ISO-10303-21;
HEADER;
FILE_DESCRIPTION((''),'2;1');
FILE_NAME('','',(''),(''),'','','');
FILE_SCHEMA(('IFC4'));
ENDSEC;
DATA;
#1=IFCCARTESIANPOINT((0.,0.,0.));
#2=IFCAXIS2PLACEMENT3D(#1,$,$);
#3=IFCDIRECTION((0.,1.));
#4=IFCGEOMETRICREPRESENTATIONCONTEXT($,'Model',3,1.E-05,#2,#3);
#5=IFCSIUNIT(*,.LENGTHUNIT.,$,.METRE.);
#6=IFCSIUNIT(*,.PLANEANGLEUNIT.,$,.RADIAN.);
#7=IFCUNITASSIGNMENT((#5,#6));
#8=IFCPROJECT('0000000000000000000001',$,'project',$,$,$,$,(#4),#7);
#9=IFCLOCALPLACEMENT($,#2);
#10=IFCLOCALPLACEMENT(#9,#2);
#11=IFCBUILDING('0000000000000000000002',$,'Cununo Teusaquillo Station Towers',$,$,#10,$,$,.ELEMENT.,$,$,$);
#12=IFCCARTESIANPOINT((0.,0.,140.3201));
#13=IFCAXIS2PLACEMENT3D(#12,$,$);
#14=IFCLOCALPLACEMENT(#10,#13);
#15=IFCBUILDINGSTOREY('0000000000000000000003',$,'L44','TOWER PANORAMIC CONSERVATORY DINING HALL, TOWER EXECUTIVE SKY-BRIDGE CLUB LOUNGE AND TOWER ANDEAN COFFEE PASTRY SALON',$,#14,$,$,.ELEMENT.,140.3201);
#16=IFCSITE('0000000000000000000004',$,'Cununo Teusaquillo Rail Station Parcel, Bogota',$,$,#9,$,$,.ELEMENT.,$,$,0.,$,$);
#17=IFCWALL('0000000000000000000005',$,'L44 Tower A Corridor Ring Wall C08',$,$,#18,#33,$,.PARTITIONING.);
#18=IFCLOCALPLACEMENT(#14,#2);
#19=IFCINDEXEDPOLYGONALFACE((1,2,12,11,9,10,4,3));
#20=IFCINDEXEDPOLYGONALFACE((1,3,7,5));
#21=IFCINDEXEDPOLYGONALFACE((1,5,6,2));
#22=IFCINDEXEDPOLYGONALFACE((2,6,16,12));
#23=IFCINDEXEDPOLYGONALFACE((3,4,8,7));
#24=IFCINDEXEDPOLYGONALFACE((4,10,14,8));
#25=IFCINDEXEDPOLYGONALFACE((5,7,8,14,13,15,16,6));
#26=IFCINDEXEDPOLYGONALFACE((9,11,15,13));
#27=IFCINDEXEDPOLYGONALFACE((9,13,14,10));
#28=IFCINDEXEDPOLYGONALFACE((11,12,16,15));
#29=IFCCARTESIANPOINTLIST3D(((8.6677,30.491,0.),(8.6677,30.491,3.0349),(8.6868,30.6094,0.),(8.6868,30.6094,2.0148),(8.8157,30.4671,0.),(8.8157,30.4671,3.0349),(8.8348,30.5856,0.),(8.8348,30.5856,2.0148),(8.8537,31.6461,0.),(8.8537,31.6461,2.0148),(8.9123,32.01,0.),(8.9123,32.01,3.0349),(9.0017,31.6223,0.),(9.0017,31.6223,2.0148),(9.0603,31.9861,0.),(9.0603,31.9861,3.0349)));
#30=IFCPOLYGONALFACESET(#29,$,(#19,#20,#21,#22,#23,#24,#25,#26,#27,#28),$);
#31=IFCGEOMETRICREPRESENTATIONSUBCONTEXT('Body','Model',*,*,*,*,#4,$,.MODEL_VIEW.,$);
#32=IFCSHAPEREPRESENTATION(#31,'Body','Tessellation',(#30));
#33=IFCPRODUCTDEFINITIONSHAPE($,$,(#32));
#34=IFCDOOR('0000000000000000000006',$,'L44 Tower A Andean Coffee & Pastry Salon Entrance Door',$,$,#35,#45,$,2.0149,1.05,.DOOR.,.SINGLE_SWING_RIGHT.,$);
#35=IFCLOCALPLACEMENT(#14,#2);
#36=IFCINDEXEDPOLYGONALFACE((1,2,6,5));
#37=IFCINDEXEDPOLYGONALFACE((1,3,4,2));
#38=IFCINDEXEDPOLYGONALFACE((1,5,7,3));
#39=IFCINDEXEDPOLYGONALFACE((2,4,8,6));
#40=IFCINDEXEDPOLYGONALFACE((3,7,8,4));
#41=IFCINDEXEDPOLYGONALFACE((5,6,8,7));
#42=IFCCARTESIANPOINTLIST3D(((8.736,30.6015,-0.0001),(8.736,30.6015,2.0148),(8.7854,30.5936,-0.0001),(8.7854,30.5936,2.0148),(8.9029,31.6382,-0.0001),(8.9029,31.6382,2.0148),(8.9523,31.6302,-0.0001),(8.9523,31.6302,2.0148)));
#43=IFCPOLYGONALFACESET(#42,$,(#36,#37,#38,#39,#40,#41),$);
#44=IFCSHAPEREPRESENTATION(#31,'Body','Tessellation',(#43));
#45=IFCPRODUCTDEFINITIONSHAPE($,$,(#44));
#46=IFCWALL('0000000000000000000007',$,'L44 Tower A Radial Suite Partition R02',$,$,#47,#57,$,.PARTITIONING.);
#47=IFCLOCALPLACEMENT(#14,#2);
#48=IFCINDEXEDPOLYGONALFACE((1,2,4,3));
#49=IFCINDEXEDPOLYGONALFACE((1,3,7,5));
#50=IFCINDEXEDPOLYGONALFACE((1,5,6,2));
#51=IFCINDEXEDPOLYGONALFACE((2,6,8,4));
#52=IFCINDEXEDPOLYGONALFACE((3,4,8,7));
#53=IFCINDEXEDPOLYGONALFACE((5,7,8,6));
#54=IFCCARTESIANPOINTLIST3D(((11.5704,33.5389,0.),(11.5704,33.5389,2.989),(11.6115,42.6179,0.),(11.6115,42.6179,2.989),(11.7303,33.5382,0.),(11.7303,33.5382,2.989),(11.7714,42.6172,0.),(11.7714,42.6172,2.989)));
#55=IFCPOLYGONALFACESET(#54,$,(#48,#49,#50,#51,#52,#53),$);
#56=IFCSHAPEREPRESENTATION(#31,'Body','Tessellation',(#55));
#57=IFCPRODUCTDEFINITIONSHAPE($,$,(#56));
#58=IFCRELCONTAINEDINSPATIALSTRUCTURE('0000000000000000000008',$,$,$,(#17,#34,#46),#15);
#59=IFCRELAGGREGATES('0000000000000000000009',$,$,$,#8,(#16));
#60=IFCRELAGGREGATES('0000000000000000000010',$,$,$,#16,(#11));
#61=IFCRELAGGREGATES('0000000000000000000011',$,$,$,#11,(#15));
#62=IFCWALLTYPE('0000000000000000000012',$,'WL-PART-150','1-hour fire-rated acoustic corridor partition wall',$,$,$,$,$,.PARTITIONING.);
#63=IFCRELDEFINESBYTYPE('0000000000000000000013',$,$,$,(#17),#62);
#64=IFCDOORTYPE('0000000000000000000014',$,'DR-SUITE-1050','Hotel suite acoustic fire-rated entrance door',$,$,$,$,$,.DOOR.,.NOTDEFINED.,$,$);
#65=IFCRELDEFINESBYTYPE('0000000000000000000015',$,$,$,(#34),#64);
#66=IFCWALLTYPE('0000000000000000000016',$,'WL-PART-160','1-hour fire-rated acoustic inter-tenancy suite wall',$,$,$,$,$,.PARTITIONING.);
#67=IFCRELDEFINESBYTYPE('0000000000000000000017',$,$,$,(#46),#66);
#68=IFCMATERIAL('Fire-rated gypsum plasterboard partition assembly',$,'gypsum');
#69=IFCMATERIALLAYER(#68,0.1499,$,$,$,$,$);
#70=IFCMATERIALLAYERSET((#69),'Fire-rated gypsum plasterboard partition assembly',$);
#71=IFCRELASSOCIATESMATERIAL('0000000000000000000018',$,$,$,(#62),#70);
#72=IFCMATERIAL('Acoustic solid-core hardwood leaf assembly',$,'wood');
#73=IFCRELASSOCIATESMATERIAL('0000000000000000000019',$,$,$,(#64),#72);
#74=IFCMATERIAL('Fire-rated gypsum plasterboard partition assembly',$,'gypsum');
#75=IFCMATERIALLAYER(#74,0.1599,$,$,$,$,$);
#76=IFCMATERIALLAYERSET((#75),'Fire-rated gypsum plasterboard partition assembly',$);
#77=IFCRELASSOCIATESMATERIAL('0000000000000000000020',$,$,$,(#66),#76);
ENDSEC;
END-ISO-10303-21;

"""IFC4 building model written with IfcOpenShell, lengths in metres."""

from ifc_helpers import new_model, si_unit, direction, frame, frame_2d, origin, place, context, subcontext, project, spatial, rectangle, extrude, source, transform, mapped, material, layer, layer_set, type_object, element, fill, save


model = new_model("IFC4")

# Units and contexts
model_context = context("Model", 3, precision=1e-05, world=origin(), true_north=direction((0.0, 1.0)))
body_context = subcontext(model_context, "Body", "Model", "MODEL_VIEW")
ifc_project = project(units=[si_unit("LENGTHUNIT", "METRE"), si_unit("PLANEANGLEUNIT", "RADIAN")], contexts=[model_context])

# Site, building, storey
site_placement = place(None, origin())
site = spatial("IfcSite", under=ifc_project, at=site_placement, Name="Cununo Teusaquillo Rail Station Parcel, Bogota", CompositionType="ELEMENT", RefElevation=0.0)
building_placement = place(site_placement, origin())
building = spatial("IfcBuilding", under=site, at=building_placement, Name="Cununo Teusaquillo Station Towers", CompositionType="ELEMENT")
storey_placement = place(building_placement, frame((0.0, 0.0, 140.3201)))
storey = spatial("IfcBuildingStorey", under=building, at=storey_placement, Name="L44", Description="TOWER PANORAMIC CONSERVATORY DINING HALL, TOWER EXECUTIVE SKY-BRIDGE CLUB LOUNGE AND TOWER ANDEAN COFFEE PASTRY SALON", CompositionType="ELEMENT", Elevation=140.3201)

# Shared definitions
ifc_material_1 = material(Name="Fire-rated gypsum plasterboard partition assembly", Category="gypsum")
ifc_layer_1 = layer(ifc_material_1, 0.1499)
ifc_layer_set_1 = layer_set([ifc_layer_1], Name="Fire-rated gypsum plasterboard partition assembly")
wall_type_1 = type_object("IfcWallType", Name="WL-PART-150", Description="1-hour fire-rated acoustic corridor partition wall", PredefinedType="PARTITIONING", material=ifc_layer_set_1)

# Wall, opening, door
wall_1_placement = place(storey_placement, frame((8.9863, 31.998, 0.0), z_axis=(0.0, 0.0, 1.0), x_axis=(-0.158993, -0.98728, 0.0)))
wall_1 = element("IfcWall", 1, at=wall_1_placement, inside=storey, type_object=wall_type_1, Name="L44 Tower A Corridor Ring Wall C08", PredefinedType="PARTITIONING", context=body_context, shape_type="SweptSolid", body=[
    extrude(rectangle(XDim=1.5386, YDim=0.1499, at=frame_2d((0.7693, 0.0))), origin(), (0.0, 0.0, 1.0), 3.0349),
])
shared_shape_1 = source(origin(), body_context, "Body", "SweptSolid", [
    extrude(rectangle(XDim=1.05, YDim=2.0149, at=frame_2d((0.5249, 1.0073))), frame((0.0, 0.085, 0.0), z_axis=(0.0, -1.0, 0.0), x_axis=(1.0, 0.0, 0.0)), (0.0, 0.0, 1.0), 0.1699),
])
opening_1_placement = place(wall_1_placement, frame((0.3687, 0.0, 0.0)))
opening_1 = element("IfcOpeningElement", 2, at=opening_1_placement, cuts=wall_1, PredefinedType="OPENING", context=body_context, shape_type="MappedRepresentation", body=[
    mapped(shared_shape_1, transform((0.0, 0.0, 0.0), x_axis=(1.0, 0.0, 0.0), y_axis=(0.0, 1.0, 0.0), z_axis=(0.0, 0.0, 1.0), scale=1.0)),
])
ifc_material_2 = material(Name="Acoustic solid-core hardwood leaf assembly", Category="wood")
door_type = type_object("IfcDoorType", Name="DR-SUITE-1050", Description="Hotel suite acoustic fire-rated entrance door", OperationType="NOTDEFINED", PredefinedType="DOOR", material=ifc_material_2)
shared_shape_2 = source(origin(), body_context, "Body", "SweptSolid", [
    extrude(rectangle(XDim=1.05, YDim=2.0149, at=frame_2d((0.5249, 1.0073))), frame((0.0, 0.0249, 0.0), z_axis=(0.0, -1.0, 0.0), x_axis=(1.0, 0.0, 0.0)), (0.0, 0.0, 1.0), 0.05),
])
door_placement = place(opening_1_placement, origin())
door = element("IfcDoor", 3, at=door_placement, inside=storey, type_object=door_type, Name="L44 Tower A Andean Coffee & Pastry Salon Entrance Door", OperationType="SINGLE_SWING_RIGHT", OverallHeight=2.0149, OverallWidth=1.05, PredefinedType="DOOR", context=body_context, shape_type="MappedRepresentation", body=[
    mapped(shared_shape_2, transform((0.0, 0.0, 0.0), x_axis=(1.0, 0.0, 0.0), y_axis=(0.0, 1.0, 0.0), z_axis=(0.0, 0.0, 1.0), scale=1.0)),
])
fill(opening_1, door)

# Wall
ifc_material_3 = material(Name="Fire-rated gypsum plasterboard partition assembly", Category="gypsum")
ifc_layer_2 = layer(ifc_material_3, 0.1599)
ifc_layer_set_2 = layer_set([ifc_layer_2], Name="Fire-rated gypsum plasterboard partition assembly")
wall_type_2 = type_object("IfcWallType", Name="WL-PART-160", Description="1-hour fire-rated acoustic inter-tenancy suite wall", PredefinedType="PARTITIONING", material=ifc_layer_set_2)
wall_2_placement = place(storey_placement, frame((11.6504, 33.5386, 0.0), z_axis=(0.0, 0.0, 1.0), x_axis=(0.004518, 0.99999, 0.0)))
element("IfcWall", 4, at=wall_2_placement, inside=storey, type_object=wall_type_2, Name="L44 Tower A Radial Suite Partition R02", PredefinedType="PARTITIONING", context=body_context, shape_type="SweptSolid", body=[
    extrude(rectangle(XDim=9.0791, YDim=0.1599, at=frame_2d((4.5396, 0.0))), origin(), (0.0, 0.0, 1.0), 2.989),
])

save(model, "model.ifc")
